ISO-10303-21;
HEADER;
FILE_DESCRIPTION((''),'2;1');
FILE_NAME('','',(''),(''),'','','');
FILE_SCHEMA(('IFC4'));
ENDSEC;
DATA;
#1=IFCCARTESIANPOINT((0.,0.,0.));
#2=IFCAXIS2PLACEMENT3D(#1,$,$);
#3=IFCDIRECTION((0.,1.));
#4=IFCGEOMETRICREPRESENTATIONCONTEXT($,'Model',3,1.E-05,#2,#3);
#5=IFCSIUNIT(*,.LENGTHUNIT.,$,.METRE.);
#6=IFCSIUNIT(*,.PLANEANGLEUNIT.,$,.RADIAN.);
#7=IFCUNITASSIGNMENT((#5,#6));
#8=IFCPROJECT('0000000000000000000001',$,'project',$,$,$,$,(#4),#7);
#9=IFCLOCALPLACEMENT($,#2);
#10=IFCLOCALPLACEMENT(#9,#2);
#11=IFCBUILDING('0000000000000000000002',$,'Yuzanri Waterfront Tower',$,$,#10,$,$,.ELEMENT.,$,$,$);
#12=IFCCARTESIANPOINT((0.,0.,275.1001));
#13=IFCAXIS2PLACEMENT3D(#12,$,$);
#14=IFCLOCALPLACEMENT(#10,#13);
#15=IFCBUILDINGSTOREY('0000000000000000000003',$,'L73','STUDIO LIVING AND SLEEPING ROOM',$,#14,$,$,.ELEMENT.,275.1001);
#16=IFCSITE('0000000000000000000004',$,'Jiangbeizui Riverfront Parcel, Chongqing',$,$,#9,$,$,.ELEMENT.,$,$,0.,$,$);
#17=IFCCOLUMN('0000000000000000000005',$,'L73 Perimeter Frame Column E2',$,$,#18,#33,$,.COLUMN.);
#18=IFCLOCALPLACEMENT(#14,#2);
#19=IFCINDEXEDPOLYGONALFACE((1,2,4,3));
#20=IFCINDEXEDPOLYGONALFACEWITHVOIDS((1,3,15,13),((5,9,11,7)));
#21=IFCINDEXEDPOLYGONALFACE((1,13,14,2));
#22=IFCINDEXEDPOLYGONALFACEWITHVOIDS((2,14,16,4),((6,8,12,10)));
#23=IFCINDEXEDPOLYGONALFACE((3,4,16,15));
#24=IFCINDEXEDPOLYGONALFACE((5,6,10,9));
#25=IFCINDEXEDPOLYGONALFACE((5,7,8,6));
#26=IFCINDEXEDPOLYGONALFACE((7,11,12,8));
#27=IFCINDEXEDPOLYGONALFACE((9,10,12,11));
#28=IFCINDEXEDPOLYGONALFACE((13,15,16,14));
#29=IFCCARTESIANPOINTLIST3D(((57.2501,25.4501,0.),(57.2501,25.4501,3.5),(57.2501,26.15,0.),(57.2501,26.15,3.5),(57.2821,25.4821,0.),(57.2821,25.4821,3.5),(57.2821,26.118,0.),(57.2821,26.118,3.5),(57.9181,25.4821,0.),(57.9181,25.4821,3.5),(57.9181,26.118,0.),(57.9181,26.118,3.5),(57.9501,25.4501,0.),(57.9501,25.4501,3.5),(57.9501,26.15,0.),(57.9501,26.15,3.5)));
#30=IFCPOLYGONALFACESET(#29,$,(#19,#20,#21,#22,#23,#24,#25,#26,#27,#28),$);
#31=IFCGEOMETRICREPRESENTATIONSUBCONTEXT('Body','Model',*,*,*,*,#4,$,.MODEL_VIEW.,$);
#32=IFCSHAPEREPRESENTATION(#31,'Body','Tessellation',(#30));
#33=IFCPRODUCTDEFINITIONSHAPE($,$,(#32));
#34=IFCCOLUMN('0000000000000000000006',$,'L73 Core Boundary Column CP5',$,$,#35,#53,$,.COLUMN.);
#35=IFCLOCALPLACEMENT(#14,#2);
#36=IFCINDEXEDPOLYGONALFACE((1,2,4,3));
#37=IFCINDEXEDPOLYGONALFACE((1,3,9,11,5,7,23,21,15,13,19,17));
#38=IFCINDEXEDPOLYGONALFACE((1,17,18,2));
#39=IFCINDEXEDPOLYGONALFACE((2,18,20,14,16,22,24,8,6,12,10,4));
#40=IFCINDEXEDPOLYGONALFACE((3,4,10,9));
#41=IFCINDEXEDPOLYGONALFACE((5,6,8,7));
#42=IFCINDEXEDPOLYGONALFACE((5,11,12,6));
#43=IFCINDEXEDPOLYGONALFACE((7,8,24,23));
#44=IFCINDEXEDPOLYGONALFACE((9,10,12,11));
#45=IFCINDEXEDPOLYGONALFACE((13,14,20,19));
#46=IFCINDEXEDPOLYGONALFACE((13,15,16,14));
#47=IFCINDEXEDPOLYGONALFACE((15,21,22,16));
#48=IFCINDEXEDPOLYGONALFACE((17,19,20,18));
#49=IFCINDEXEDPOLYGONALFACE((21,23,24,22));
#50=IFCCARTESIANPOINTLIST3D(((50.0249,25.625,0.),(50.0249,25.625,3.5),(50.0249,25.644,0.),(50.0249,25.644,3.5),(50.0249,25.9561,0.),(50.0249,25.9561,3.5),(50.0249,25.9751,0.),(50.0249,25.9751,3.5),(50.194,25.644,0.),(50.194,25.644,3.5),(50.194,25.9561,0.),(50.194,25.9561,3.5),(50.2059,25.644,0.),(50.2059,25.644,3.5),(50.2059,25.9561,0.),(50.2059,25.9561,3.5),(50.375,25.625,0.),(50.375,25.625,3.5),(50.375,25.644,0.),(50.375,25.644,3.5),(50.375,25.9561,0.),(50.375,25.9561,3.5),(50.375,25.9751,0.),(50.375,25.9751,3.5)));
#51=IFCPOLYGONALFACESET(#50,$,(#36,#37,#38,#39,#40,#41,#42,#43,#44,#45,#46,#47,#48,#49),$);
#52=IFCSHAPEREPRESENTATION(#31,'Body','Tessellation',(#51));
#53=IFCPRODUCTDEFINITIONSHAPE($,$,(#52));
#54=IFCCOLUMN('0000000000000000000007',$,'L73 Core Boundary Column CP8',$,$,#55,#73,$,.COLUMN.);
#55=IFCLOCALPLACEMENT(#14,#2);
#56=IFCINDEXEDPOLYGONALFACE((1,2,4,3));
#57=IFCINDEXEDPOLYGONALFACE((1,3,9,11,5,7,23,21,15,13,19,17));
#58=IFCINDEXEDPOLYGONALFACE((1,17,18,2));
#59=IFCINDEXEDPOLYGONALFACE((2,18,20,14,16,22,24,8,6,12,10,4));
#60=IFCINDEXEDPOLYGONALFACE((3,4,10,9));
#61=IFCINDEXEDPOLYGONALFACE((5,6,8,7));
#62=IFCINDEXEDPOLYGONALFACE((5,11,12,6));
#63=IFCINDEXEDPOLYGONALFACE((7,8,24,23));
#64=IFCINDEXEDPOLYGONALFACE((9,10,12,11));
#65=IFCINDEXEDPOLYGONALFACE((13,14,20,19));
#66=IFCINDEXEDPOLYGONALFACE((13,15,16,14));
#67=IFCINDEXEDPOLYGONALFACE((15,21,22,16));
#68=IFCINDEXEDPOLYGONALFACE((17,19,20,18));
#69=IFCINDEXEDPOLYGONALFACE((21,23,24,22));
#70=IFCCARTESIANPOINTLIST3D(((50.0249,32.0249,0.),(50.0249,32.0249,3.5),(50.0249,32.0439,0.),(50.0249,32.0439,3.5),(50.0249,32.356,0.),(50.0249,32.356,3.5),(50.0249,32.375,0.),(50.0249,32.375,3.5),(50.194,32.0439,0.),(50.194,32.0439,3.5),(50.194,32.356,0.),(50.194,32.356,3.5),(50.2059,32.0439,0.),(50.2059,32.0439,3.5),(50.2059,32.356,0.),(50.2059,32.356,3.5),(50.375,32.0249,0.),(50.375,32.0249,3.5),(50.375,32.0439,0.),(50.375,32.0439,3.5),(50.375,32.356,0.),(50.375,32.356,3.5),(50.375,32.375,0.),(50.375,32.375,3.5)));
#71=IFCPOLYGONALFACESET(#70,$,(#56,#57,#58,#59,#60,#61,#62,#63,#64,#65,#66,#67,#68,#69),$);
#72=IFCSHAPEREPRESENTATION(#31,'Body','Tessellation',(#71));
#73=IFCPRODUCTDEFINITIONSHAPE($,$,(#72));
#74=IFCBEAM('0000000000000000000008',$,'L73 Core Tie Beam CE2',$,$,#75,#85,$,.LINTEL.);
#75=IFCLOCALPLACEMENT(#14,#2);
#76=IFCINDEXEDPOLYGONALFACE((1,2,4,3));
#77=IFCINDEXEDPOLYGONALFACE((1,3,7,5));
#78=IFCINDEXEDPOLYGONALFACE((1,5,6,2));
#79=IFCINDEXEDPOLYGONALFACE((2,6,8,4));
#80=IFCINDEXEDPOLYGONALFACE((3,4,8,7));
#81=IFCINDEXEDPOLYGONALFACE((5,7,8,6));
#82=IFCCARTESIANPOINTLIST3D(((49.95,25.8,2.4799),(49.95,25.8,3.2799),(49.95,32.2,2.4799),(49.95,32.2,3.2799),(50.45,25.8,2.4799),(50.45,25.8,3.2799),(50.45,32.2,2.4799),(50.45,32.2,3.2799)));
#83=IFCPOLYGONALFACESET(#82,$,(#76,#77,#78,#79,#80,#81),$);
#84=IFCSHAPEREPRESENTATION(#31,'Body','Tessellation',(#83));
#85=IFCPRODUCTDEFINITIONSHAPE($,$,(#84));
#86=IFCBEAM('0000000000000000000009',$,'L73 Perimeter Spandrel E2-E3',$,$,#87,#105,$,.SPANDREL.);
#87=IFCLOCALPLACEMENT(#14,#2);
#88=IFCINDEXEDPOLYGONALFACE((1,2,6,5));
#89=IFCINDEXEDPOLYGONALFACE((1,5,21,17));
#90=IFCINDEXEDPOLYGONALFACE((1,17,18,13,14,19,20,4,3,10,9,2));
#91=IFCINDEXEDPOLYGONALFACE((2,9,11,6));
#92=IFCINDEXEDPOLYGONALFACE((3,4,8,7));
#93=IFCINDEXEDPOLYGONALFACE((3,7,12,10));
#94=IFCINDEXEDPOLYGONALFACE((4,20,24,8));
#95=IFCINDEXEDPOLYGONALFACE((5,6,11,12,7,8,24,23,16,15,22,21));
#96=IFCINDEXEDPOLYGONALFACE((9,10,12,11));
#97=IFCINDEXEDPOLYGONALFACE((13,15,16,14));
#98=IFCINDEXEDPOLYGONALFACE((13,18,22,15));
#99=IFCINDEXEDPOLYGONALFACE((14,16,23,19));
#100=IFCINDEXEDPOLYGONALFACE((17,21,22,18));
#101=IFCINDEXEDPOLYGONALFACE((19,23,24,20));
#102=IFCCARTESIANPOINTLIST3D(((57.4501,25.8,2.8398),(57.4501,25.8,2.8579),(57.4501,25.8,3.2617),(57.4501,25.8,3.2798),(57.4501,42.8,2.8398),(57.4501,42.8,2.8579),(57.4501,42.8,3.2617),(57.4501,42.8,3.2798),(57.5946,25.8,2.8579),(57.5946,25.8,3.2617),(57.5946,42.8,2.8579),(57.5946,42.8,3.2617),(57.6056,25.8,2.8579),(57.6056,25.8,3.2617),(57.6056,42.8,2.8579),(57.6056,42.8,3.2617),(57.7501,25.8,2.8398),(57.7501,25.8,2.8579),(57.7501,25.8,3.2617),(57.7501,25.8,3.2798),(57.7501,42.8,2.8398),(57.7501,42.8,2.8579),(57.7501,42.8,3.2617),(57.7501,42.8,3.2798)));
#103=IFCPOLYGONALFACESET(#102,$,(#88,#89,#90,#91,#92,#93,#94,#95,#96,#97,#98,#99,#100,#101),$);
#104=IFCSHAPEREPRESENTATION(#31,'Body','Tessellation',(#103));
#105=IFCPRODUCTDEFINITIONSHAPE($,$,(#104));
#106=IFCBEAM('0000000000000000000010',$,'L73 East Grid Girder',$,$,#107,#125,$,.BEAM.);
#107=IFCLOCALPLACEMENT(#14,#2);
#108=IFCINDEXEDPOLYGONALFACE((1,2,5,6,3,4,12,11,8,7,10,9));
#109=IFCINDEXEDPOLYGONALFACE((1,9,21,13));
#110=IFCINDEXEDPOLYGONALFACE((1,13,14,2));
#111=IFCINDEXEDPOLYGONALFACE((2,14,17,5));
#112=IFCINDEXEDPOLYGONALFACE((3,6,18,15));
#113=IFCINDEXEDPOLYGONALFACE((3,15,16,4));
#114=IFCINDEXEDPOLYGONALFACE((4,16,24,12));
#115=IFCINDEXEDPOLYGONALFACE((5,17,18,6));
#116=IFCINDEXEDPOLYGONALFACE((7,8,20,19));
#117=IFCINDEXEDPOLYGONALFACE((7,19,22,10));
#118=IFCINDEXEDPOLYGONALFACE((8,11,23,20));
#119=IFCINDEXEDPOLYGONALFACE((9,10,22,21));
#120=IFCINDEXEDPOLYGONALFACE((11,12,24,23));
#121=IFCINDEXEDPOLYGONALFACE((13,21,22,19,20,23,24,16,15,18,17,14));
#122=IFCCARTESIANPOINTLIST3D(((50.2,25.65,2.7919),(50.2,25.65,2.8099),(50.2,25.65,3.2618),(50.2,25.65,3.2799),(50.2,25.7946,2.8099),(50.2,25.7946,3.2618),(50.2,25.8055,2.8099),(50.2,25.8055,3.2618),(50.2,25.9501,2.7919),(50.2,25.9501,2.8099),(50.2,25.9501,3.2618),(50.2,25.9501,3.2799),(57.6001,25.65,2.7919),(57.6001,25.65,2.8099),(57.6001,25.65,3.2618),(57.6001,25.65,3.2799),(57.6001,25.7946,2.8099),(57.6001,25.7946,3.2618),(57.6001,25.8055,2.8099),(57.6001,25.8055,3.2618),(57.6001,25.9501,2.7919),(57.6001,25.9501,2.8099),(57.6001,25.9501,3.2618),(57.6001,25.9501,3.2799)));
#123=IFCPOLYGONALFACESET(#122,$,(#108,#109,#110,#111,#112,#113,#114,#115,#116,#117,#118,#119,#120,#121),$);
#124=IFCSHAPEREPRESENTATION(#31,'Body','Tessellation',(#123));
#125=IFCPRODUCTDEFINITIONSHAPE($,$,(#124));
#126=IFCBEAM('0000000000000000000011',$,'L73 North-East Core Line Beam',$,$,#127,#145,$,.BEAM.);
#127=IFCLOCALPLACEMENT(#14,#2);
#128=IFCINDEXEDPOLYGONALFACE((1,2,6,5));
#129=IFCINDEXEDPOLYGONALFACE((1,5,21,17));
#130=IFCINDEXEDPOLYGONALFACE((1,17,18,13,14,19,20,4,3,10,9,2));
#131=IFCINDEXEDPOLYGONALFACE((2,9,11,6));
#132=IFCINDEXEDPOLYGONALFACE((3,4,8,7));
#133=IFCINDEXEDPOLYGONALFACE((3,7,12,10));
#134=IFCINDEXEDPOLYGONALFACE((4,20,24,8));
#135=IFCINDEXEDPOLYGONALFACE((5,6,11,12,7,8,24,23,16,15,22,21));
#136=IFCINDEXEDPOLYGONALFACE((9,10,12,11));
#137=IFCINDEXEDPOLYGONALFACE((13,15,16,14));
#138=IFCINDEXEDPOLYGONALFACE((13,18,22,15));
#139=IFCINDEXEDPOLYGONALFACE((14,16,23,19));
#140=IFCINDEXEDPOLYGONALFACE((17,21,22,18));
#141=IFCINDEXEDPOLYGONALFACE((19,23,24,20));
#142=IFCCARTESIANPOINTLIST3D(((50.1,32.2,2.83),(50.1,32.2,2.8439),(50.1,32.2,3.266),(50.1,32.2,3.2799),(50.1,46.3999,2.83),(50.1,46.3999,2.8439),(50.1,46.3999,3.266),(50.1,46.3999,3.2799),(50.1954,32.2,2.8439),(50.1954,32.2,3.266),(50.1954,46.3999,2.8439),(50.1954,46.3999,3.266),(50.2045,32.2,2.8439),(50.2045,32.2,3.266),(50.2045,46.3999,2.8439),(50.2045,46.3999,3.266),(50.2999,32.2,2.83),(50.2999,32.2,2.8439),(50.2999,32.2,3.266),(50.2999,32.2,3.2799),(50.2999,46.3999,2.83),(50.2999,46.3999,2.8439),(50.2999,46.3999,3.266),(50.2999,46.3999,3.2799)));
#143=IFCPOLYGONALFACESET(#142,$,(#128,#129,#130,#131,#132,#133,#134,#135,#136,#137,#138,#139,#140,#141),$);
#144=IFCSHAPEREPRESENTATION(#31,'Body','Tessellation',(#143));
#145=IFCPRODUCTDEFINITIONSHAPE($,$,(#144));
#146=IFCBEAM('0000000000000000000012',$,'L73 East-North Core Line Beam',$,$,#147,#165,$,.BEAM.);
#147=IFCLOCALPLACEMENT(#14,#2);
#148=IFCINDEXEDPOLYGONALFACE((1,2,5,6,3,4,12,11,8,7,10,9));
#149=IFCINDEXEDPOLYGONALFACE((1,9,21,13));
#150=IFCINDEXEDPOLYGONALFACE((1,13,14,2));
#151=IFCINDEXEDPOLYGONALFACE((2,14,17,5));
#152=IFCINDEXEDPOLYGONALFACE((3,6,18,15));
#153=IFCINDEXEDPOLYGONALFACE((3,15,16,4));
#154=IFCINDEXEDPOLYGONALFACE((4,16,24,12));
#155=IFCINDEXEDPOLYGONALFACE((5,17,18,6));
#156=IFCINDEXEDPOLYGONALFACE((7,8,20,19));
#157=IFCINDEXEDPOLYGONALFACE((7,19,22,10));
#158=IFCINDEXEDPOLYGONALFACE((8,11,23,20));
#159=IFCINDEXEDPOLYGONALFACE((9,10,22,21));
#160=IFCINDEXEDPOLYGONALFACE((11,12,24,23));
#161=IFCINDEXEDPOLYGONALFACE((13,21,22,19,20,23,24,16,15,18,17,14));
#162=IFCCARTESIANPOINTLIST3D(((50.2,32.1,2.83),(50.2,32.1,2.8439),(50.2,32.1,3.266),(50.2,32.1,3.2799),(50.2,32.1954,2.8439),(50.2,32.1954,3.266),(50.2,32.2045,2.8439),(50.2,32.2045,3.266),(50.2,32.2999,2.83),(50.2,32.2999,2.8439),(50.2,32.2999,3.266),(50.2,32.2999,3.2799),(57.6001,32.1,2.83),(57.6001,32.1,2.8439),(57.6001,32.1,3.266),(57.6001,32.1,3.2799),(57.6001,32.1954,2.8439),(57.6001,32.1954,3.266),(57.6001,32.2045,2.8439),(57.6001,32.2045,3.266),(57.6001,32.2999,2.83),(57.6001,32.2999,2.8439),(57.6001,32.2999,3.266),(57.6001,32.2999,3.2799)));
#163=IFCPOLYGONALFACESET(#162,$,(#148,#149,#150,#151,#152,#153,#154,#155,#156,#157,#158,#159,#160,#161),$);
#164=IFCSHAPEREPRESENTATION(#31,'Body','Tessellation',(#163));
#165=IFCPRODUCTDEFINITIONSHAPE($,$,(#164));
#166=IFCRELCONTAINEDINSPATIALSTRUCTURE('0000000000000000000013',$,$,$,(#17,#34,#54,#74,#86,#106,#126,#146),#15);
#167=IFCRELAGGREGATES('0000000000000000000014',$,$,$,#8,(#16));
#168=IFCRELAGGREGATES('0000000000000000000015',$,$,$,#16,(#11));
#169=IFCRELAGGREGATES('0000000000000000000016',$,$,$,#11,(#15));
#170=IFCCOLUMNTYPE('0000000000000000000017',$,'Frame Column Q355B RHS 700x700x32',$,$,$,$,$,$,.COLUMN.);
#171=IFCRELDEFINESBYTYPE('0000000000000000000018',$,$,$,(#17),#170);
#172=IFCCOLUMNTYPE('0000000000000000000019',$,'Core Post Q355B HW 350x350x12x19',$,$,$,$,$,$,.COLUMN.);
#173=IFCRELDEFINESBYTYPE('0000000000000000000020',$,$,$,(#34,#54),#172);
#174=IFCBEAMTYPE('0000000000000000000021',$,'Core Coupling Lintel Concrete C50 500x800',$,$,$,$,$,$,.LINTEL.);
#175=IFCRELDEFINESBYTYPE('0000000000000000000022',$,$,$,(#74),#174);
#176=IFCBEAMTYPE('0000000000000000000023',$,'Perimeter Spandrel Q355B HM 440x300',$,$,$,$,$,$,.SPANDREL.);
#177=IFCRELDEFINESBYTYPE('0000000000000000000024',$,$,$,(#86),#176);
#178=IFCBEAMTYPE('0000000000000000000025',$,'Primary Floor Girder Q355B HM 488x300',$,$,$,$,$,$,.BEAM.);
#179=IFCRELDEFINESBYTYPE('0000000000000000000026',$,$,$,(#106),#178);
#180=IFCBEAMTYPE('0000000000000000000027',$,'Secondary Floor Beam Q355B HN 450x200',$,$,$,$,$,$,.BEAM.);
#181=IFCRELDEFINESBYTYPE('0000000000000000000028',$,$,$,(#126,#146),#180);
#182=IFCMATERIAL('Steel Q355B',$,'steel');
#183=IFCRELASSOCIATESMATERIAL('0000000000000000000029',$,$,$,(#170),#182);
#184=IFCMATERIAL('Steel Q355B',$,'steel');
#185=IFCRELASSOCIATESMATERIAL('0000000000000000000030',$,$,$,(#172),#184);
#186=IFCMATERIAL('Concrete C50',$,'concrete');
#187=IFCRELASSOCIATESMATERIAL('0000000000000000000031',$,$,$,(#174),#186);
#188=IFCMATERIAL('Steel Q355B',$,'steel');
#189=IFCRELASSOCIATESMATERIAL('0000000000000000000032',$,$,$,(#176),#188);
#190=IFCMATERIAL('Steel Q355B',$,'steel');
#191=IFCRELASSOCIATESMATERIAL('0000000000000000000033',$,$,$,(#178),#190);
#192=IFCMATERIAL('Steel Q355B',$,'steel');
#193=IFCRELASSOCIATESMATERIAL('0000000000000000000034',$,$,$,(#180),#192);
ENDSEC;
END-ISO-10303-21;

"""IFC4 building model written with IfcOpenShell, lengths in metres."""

from ifc_helpers import new_model, si_unit, direction, frame, origin, origin_2d, place, context, subcontext, project, spatial, rectangle, hollow_rectangle, i_section, extrude, source, transform, mapped, material, material_profile, profile_set, type_object, element, save


model = new_model("IFC4")

# Units and contexts
model_context = context("Model", 3, precision=1e-05, world=origin(), true_north=direction((0.0, 1.0)))
body_context = subcontext(model_context, "Body", "Model", "MODEL_VIEW")
ifc_project = project(units=[si_unit("LENGTHUNIT", "METRE"), si_unit("PLANEANGLEUNIT", "RADIAN")], contexts=[model_context])

# Site, building, storey
site_placement = place(None, origin())
site = spatial("IfcSite", under=ifc_project, at=site_placement, Name="Jiangbeizui Riverfront Parcel, Chongqing", CompositionType="ELEMENT", RefElevation=0.0)
building_placement = place(site_placement, origin())
building = spatial("IfcBuilding", under=site, at=building_placement, Name="Yuzanri Waterfront Tower", CompositionType="ELEMENT")
storey_placement = place(building_placement, frame((0.0, 0.0, 275.1001)))
storey = spatial("IfcBuildingStorey", under=building, at=storey_placement, Name="L73", Description="STUDIO LIVING AND SLEEPING ROOM", CompositionType="ELEMENT", Elevation=275.1001)

# Columns
ifc_material_1 = material(Name="Steel Q355B", Category="steel")
ifc_material_profile_1 = material_profile(ifc_material_1, hollow_rectangle(XDim=0.7, YDim=0.7, WallThickness=0.032, at=origin_2d()), Name="RHS 700x700x32")
ifc_profile_set_1 = profile_set([ifc_material_profile_1], Name="Steel Q355B")
column_type_1 = type_object("IfcColumnType", Name="Frame Column Q355B RHS 700x700x32", PredefinedType="COLUMN", material=ifc_profile_set_1)
shared_shape_1 = source(origin(), body_context, "Body", "SweptSolid", [
    extrude(hollow_rectangle(XDim=0.7, YDim=0.7, WallThickness=0.032, at=origin_2d()), origin(), (0.0, 0.0, 1.0), 3.5),
])
column_placement = place(storey_placement, frame((57.6001, 25.8, 0.0), z_axis=(0.0, 0.0, 1.0), x_axis=(1.0, 0.0, 0.0)))
element("IfcColumn", 1, at=column_placement, inside=storey, type_object=column_type_1, Name="L73 Perimeter Frame Column E2", PredefinedType="COLUMN", context=body_context, shape_type="MappedRepresentation", body=[
    mapped(shared_shape_1, transform((0.0, 0.0, 0.0), scale=1.0)),
])
ifc_material_2 = material(Name="Steel Q355B", Category="steel")
ifc_material_profile_2 = material_profile(ifc_material_2, i_section(OverallWidth=0.3501, OverallDepth=0.3501, WebThickness=0.012, FlangeThickness=0.019, at=origin_2d()), Name="HW 350x350x12x19")
ifc_profile_set_2 = profile_set([ifc_material_profile_2], Name="Steel Q355B")
column_type_2 = type_object("IfcColumnType", Name="Core Post Q355B HW 350x350x12x19", PredefinedType="COLUMN", material=ifc_profile_set_2)
shared_shape_2 = source(origin(), body_context, "Body", "SweptSolid", [
    extrude(i_section(OverallWidth=0.3501, OverallDepth=0.3501, WebThickness=0.012, FlangeThickness=0.019, at=origin_2d()), origin(), (0.0, 0.0, 1.0), 3.5),
])
for number, where, z_axis, x_axis, name in (
    (2, (50.2, 25.8, 0.0), (0.0, 0.0, 1.0), (1.0, 0.0, 0.0), "L73 Core Boundary Column CP5"),
    (3, (50.2, 32.2, 0.0), (0.0, 0.0, 1.0), (1.0, 0.0, 0.0), "L73 Core Boundary Column CP8"),
):
    element("IfcColumn", number, at=place(storey_placement, frame(where, z_axis=z_axis, x_axis=x_axis)), inside=storey, type_object=column_type_2, Name=name, PredefinedType="COLUMN", context=body_context, shape_type="MappedRepresentation", body=[
        mapped(shared_shape_2, transform((0.0, 0.0, 0.0), scale=1.0)),
    ])

# Beams
ifc_material_3 = material(Name="Concrete C50", Category="concrete")
ifc_material_profile_3 = material_profile(ifc_material_3, rectangle(XDim=0.5, YDim=0.8, at=origin_2d()), Name="RC 500x800")
ifc_profile_set_3 = profile_set([ifc_material_profile_3], Name="Concrete C50")
beam_type_1 = type_object("IfcBeamType", Name="Core Coupling Lintel Concrete C50 500x800", PredefinedType="LINTEL", material=ifc_profile_set_3)
shared_shape_3 = source(origin(), body_context, "Body", "SweptSolid", [
    extrude(rectangle(XDim=0.5, YDim=0.8, at=origin_2d()), origin(), (0.0, 0.0, 1.0), 6.3999),
])
beam_1_placement = place(storey_placement, frame((50.2, 25.8, 2.8799), z_axis=(0.0, 1.0, 0.0), x_axis=(-1.0, 0.0, 0.0)))
element("IfcBeam", 4, at=beam_1_placement, inside=storey, type_object=beam_type_1, Name="L73 Core Tie Beam CE2", PredefinedType="LINTEL", context=body_context, shape_type="MappedRepresentation", body=[
    mapped(shared_shape_3, transform((0.0, 0.0, 0.0), scale=1.0)),
])
ifc_material_4 = material(Name="Steel Q355B", Category="steel")
ifc_material_profile_4 = material_profile(ifc_material_4, i_section(OverallWidth=0.3, OverallDepth=0.4399, WebThickness=0.011, FlangeThickness=0.0181, at=origin_2d()), Name="HM 440x300x11x18")
ifc_profile_set_4 = profile_set([ifc_material_profile_4], Name="Steel Q355B")
beam_type_2 = type_object("IfcBeamType", Name="Perimeter Spandrel Q355B HM 440x300", PredefinedType="SPANDREL", material=ifc_profile_set_4)
shared_shape_4 = source(origin(), body_context, "Body", "SweptSolid", [
    extrude(i_section(OverallWidth=0.3, OverallDepth=0.4399, WebThickness=0.011, FlangeThickness=0.0181, at=origin_2d()), origin(), (0.0, 0.0, 1.0), 17.0),
])
beam_2_placement = place(storey_placement, frame((57.6001, 25.8, 3.0598), z_axis=(0.0, 1.0, 0.0), x_axis=(-1.0, 0.0, 0.0)))
element("IfcBeam", 5, at=beam_2_placement, inside=storey, type_object=beam_type_2, Name="L73 Perimeter Spandrel E2-E3", PredefinedType="SPANDREL", context=body_context, shape_type="MappedRepresentation", body=[
    mapped(shared_shape_4, transform((0.0, 0.0, 0.0), scale=1.0)),
])
ifc_material_5 = material(Name="Steel Q355B", Category="steel")
ifc_material_profile_5 = material_profile(ifc_material_5, i_section(OverallWidth=0.3, OverallDepth=0.488, WebThickness=0.011, FlangeThickness=0.0181, at=origin_2d()), Name="HM 488x300x11x18")
ifc_profile_set_5 = profile_set([ifc_material_profile_5], Name="Steel Q355B")
beam_type_3 = type_object("IfcBeamType", Name="Primary Floor Girder Q355B HM 488x300", PredefinedType="BEAM", material=ifc_profile_set_5)
shared_shape_5 = source(origin(), body_context, "Body", "SweptSolid", [
    extrude(i_section(OverallWidth=0.3, OverallDepth=0.488, WebThickness=0.011, FlangeThickness=0.0181, at=origin_2d()), origin(), (0.0, 0.0, 1.0), 7.4001),
])
beam_3_placement = place(storey_placement, frame((50.2, 25.8, 3.0359), z_axis=(1.0, 0.0, 0.0), x_axis=(0.0, 1.0, 0.0)))
element("IfcBeam", 6, at=beam_3_placement, inside=storey, type_object=beam_type_3, Name="L73 East Grid Girder", PredefinedType="BEAM", context=body_context, shape_type="MappedRepresentation", body=[
    mapped(shared_shape_5, transform((0.0, 0.0, 0.0), scale=1.0)),
])
ifc_material_6 = material(Name="Steel Q355B", Category="steel")
ifc_material_profile_6 = material_profile(ifc_material_6, i_section(OverallWidth=0.2, OverallDepth=0.45, WebThickness=0.009, FlangeThickness=0.0139, at=origin_2d()), Name="HN 450x200x9x14")
ifc_profile_set_6 = profile_set([ifc_material_profile_6], Name="Steel Q355B")
beam_type_4 = type_object("IfcBeamType", Name="Secondary Floor Beam Q355B HN 450x200", PredefinedType="BEAM", material=ifc_profile_set_6)
shared_shape_6 = source(origin(), body_context, "Body", "SweptSolid", [
    extrude(i_section(OverallWidth=0.2, OverallDepth=0.45, WebThickness=0.009, FlangeThickness=0.0139, at=origin_2d()), origin(), (0.0, 0.0, 1.0), 14.2),
])
beam_4_placement = place(storey_placement, frame((50.2, 32.2, 3.0549), z_axis=(0.0, 1.0, 0.0), x_axis=(-1.0, 0.0, 0.0)))
element("IfcBeam", 7, at=beam_4_placement, inside=storey, type_object=beam_type_4, Name="L73 North-East Core Line Beam", PredefinedType="BEAM", context=body_context, shape_type="MappedRepresentation", body=[
    mapped(shared_shape_6, transform((0.0, 0.0, 0.0), scale=1.0)),
])
shared_shape_7 = source(origin(), body_context, "Body", "SweptSolid", [
    extrude(i_section(OverallWidth=0.2, OverallDepth=0.45, WebThickness=0.009, FlangeThickness=0.0139, at=origin_2d()), origin(), (0.0, 0.0, 1.0), 7.4001),
])
beam_5_placement = place(storey_placement, frame((50.2, 32.2, 3.0549), z_axis=(1.0, 0.0, 0.0), x_axis=(0.0, 1.0, 0.0)))
element("IfcBeam", 8, at=beam_5_placement, inside=storey, type_object=beam_type_4, Name="L73 East-North Core Line Beam", PredefinedType="BEAM", context=body_context, shape_type="MappedRepresentation", body=[
    mapped(shared_shape_7, transform((0.0, 0.0, 0.0), scale=1.0)),
])

save(model, "model.ifc")
